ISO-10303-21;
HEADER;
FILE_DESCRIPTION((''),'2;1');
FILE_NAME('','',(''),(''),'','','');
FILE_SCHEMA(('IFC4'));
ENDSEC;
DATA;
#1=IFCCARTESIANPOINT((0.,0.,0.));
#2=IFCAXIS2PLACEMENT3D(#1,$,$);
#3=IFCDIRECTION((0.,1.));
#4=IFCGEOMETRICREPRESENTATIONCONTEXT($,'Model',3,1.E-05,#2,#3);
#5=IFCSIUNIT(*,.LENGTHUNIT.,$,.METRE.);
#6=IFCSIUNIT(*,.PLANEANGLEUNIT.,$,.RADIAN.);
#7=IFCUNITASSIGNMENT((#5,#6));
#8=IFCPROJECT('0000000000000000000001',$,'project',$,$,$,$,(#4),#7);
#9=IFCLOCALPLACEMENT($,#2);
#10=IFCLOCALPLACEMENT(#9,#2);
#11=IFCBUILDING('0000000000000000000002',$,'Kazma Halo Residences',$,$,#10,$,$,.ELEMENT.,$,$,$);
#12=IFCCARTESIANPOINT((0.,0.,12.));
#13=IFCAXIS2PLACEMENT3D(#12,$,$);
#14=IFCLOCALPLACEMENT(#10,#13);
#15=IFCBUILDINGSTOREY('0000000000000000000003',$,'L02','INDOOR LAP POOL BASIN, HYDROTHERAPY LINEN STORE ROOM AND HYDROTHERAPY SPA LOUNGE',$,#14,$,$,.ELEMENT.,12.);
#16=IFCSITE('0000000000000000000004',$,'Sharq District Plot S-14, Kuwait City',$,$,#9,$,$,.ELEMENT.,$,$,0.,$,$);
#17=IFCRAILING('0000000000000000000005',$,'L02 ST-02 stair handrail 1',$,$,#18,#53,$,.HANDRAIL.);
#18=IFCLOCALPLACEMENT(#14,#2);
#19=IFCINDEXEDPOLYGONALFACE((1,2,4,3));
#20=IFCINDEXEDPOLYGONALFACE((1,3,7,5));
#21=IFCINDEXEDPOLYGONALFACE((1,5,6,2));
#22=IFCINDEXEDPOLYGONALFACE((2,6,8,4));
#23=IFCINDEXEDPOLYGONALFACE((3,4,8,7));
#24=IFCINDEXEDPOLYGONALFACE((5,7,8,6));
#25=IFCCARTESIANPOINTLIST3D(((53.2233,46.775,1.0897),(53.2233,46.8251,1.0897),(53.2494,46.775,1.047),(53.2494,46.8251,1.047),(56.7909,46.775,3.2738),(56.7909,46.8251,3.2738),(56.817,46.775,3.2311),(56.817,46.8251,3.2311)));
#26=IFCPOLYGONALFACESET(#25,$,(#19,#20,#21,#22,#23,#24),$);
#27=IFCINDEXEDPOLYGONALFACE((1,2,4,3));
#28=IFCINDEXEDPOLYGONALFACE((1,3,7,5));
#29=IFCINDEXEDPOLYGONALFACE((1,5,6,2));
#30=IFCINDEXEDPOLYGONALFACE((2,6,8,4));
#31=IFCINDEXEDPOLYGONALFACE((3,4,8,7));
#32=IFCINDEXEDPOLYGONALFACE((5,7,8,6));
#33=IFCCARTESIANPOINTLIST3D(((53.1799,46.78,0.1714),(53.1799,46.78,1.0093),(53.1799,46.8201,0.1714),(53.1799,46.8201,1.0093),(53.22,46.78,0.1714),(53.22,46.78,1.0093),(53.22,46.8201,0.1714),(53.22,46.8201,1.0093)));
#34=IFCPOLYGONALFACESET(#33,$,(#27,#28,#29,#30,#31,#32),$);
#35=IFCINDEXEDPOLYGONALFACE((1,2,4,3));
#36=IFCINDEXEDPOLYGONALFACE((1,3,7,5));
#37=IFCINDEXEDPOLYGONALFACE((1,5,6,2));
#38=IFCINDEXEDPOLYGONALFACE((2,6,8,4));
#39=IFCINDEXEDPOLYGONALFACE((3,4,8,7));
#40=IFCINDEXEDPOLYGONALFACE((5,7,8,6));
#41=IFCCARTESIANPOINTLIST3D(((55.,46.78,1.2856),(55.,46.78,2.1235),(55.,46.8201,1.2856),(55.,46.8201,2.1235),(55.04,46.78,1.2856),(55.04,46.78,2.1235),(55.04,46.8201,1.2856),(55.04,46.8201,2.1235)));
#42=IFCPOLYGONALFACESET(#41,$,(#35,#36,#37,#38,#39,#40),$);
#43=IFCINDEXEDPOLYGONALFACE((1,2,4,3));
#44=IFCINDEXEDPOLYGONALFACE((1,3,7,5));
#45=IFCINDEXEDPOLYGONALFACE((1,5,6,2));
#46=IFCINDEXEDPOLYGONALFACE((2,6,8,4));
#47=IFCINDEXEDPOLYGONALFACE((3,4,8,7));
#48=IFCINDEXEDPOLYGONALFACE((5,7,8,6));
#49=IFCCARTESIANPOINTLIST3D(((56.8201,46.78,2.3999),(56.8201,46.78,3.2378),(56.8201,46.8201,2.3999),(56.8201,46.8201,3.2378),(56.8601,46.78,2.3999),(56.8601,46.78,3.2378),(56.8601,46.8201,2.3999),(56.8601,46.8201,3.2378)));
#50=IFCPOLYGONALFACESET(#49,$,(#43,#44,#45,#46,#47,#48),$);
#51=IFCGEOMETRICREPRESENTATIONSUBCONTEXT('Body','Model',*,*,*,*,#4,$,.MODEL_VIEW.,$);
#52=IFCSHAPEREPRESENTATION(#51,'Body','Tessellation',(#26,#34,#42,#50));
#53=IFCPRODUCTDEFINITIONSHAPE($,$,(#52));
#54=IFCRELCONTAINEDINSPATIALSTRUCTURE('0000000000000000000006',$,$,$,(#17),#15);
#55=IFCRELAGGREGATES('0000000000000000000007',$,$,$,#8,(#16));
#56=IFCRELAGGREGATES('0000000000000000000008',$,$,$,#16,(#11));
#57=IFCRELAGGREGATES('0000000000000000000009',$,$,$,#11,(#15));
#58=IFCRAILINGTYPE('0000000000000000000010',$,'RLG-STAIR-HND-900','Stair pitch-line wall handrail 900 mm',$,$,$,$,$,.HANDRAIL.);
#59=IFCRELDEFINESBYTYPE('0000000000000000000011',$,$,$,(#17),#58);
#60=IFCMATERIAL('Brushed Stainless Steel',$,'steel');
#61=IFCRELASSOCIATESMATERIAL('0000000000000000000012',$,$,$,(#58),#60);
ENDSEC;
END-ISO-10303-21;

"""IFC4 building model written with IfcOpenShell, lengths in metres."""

from ifc_helpers import new_model, si_unit, direction, frame, origin, origin_2d, place, context, subcontext, project, spatial, rectangle, extrude, material, type_object, element, save


model = new_model("IFC4")

# Units and contexts
model_context = context("Model", 3, precision=1e-05, world=origin(), true_north=direction((0.0, 1.0)))
body_context = subcontext(model_context, "Body", "Model", "MODEL_VIEW")
ifc_project = project(units=[si_unit("LENGTHUNIT", "METRE"), si_unit("PLANEANGLEUNIT", "RADIAN")], contexts=[model_context])

# Site, building, storey
site_placement = place(None, origin())
site = spatial("IfcSite", under=ifc_project, at=site_placement, Name="Sharq District Plot S-14, Kuwait City", CompositionType="ELEMENT", RefElevation=0.0)
building_placement = place(site_placement, origin())
building = spatial("IfcBuilding", under=site, at=building_placement, Name="Kazma Halo Residences", CompositionType="ELEMENT")
storey_placement = place(building_placement, frame((0.0, 0.0, 12.0)))
storey = spatial("IfcBuildingStorey", under=building, at=storey_placement, Name="L02", Description="INDOOR LAP POOL BASIN, HYDROTHERAPY LINEN STORE ROOM AND HYDROTHERAPY SPA LOUNGE", CompositionType="ELEMENT", Elevation=12.0)

# Railing
ifc_material_1 = material(Name="Brushed Stainless Steel", Category="steel")
railing_type_1 = type_object("IfcRailingType", Name="RLG-STAIR-HND-900", Description="Stair pitch-line wall handrail 900 mm", PredefinedType="HANDRAIL", material=ifc_material_1)
railing_1_placement = place(storey_placement, frame((53.2, 46.8, 0.1714)))
element("IfcRailing", 1, at=railing_1_placement, inside=storey, type_object=railing_type_1, Name="L02 ST-02 stair handrail 1", PredefinedType="HANDRAIL", context=body_context, shape_type="SweptSolid", body=[
    extrude(rectangle(XDim=0.05, YDim=0.05, at=origin_2d()), frame((0.0364, 0.0, 0.897), z_axis=(0.852866, 0.0, 0.52213), x_axis=(0.0, 1.0, 0.0)), (0.0, 0.0, 1.0), 4.1831),
    extrude(rectangle(XDim=0.04, YDim=0.04, at=origin_2d()), origin(), (0.0, 0.0, 1.0), 0.8379),
    extrude(rectangle(XDim=0.04, YDim=0.04, at=origin_2d()), frame((1.8201, 0.0, 1.1143)), (0.0, 0.0, 1.0), 0.8379),
    extrude(rectangle(XDim=0.04, YDim=0.04, at=origin_2d()), frame((3.6401, 0.0, 2.2285)), (0.0, 0.0, 1.0), 0.8379),
])

save(model, "model.ifc")
